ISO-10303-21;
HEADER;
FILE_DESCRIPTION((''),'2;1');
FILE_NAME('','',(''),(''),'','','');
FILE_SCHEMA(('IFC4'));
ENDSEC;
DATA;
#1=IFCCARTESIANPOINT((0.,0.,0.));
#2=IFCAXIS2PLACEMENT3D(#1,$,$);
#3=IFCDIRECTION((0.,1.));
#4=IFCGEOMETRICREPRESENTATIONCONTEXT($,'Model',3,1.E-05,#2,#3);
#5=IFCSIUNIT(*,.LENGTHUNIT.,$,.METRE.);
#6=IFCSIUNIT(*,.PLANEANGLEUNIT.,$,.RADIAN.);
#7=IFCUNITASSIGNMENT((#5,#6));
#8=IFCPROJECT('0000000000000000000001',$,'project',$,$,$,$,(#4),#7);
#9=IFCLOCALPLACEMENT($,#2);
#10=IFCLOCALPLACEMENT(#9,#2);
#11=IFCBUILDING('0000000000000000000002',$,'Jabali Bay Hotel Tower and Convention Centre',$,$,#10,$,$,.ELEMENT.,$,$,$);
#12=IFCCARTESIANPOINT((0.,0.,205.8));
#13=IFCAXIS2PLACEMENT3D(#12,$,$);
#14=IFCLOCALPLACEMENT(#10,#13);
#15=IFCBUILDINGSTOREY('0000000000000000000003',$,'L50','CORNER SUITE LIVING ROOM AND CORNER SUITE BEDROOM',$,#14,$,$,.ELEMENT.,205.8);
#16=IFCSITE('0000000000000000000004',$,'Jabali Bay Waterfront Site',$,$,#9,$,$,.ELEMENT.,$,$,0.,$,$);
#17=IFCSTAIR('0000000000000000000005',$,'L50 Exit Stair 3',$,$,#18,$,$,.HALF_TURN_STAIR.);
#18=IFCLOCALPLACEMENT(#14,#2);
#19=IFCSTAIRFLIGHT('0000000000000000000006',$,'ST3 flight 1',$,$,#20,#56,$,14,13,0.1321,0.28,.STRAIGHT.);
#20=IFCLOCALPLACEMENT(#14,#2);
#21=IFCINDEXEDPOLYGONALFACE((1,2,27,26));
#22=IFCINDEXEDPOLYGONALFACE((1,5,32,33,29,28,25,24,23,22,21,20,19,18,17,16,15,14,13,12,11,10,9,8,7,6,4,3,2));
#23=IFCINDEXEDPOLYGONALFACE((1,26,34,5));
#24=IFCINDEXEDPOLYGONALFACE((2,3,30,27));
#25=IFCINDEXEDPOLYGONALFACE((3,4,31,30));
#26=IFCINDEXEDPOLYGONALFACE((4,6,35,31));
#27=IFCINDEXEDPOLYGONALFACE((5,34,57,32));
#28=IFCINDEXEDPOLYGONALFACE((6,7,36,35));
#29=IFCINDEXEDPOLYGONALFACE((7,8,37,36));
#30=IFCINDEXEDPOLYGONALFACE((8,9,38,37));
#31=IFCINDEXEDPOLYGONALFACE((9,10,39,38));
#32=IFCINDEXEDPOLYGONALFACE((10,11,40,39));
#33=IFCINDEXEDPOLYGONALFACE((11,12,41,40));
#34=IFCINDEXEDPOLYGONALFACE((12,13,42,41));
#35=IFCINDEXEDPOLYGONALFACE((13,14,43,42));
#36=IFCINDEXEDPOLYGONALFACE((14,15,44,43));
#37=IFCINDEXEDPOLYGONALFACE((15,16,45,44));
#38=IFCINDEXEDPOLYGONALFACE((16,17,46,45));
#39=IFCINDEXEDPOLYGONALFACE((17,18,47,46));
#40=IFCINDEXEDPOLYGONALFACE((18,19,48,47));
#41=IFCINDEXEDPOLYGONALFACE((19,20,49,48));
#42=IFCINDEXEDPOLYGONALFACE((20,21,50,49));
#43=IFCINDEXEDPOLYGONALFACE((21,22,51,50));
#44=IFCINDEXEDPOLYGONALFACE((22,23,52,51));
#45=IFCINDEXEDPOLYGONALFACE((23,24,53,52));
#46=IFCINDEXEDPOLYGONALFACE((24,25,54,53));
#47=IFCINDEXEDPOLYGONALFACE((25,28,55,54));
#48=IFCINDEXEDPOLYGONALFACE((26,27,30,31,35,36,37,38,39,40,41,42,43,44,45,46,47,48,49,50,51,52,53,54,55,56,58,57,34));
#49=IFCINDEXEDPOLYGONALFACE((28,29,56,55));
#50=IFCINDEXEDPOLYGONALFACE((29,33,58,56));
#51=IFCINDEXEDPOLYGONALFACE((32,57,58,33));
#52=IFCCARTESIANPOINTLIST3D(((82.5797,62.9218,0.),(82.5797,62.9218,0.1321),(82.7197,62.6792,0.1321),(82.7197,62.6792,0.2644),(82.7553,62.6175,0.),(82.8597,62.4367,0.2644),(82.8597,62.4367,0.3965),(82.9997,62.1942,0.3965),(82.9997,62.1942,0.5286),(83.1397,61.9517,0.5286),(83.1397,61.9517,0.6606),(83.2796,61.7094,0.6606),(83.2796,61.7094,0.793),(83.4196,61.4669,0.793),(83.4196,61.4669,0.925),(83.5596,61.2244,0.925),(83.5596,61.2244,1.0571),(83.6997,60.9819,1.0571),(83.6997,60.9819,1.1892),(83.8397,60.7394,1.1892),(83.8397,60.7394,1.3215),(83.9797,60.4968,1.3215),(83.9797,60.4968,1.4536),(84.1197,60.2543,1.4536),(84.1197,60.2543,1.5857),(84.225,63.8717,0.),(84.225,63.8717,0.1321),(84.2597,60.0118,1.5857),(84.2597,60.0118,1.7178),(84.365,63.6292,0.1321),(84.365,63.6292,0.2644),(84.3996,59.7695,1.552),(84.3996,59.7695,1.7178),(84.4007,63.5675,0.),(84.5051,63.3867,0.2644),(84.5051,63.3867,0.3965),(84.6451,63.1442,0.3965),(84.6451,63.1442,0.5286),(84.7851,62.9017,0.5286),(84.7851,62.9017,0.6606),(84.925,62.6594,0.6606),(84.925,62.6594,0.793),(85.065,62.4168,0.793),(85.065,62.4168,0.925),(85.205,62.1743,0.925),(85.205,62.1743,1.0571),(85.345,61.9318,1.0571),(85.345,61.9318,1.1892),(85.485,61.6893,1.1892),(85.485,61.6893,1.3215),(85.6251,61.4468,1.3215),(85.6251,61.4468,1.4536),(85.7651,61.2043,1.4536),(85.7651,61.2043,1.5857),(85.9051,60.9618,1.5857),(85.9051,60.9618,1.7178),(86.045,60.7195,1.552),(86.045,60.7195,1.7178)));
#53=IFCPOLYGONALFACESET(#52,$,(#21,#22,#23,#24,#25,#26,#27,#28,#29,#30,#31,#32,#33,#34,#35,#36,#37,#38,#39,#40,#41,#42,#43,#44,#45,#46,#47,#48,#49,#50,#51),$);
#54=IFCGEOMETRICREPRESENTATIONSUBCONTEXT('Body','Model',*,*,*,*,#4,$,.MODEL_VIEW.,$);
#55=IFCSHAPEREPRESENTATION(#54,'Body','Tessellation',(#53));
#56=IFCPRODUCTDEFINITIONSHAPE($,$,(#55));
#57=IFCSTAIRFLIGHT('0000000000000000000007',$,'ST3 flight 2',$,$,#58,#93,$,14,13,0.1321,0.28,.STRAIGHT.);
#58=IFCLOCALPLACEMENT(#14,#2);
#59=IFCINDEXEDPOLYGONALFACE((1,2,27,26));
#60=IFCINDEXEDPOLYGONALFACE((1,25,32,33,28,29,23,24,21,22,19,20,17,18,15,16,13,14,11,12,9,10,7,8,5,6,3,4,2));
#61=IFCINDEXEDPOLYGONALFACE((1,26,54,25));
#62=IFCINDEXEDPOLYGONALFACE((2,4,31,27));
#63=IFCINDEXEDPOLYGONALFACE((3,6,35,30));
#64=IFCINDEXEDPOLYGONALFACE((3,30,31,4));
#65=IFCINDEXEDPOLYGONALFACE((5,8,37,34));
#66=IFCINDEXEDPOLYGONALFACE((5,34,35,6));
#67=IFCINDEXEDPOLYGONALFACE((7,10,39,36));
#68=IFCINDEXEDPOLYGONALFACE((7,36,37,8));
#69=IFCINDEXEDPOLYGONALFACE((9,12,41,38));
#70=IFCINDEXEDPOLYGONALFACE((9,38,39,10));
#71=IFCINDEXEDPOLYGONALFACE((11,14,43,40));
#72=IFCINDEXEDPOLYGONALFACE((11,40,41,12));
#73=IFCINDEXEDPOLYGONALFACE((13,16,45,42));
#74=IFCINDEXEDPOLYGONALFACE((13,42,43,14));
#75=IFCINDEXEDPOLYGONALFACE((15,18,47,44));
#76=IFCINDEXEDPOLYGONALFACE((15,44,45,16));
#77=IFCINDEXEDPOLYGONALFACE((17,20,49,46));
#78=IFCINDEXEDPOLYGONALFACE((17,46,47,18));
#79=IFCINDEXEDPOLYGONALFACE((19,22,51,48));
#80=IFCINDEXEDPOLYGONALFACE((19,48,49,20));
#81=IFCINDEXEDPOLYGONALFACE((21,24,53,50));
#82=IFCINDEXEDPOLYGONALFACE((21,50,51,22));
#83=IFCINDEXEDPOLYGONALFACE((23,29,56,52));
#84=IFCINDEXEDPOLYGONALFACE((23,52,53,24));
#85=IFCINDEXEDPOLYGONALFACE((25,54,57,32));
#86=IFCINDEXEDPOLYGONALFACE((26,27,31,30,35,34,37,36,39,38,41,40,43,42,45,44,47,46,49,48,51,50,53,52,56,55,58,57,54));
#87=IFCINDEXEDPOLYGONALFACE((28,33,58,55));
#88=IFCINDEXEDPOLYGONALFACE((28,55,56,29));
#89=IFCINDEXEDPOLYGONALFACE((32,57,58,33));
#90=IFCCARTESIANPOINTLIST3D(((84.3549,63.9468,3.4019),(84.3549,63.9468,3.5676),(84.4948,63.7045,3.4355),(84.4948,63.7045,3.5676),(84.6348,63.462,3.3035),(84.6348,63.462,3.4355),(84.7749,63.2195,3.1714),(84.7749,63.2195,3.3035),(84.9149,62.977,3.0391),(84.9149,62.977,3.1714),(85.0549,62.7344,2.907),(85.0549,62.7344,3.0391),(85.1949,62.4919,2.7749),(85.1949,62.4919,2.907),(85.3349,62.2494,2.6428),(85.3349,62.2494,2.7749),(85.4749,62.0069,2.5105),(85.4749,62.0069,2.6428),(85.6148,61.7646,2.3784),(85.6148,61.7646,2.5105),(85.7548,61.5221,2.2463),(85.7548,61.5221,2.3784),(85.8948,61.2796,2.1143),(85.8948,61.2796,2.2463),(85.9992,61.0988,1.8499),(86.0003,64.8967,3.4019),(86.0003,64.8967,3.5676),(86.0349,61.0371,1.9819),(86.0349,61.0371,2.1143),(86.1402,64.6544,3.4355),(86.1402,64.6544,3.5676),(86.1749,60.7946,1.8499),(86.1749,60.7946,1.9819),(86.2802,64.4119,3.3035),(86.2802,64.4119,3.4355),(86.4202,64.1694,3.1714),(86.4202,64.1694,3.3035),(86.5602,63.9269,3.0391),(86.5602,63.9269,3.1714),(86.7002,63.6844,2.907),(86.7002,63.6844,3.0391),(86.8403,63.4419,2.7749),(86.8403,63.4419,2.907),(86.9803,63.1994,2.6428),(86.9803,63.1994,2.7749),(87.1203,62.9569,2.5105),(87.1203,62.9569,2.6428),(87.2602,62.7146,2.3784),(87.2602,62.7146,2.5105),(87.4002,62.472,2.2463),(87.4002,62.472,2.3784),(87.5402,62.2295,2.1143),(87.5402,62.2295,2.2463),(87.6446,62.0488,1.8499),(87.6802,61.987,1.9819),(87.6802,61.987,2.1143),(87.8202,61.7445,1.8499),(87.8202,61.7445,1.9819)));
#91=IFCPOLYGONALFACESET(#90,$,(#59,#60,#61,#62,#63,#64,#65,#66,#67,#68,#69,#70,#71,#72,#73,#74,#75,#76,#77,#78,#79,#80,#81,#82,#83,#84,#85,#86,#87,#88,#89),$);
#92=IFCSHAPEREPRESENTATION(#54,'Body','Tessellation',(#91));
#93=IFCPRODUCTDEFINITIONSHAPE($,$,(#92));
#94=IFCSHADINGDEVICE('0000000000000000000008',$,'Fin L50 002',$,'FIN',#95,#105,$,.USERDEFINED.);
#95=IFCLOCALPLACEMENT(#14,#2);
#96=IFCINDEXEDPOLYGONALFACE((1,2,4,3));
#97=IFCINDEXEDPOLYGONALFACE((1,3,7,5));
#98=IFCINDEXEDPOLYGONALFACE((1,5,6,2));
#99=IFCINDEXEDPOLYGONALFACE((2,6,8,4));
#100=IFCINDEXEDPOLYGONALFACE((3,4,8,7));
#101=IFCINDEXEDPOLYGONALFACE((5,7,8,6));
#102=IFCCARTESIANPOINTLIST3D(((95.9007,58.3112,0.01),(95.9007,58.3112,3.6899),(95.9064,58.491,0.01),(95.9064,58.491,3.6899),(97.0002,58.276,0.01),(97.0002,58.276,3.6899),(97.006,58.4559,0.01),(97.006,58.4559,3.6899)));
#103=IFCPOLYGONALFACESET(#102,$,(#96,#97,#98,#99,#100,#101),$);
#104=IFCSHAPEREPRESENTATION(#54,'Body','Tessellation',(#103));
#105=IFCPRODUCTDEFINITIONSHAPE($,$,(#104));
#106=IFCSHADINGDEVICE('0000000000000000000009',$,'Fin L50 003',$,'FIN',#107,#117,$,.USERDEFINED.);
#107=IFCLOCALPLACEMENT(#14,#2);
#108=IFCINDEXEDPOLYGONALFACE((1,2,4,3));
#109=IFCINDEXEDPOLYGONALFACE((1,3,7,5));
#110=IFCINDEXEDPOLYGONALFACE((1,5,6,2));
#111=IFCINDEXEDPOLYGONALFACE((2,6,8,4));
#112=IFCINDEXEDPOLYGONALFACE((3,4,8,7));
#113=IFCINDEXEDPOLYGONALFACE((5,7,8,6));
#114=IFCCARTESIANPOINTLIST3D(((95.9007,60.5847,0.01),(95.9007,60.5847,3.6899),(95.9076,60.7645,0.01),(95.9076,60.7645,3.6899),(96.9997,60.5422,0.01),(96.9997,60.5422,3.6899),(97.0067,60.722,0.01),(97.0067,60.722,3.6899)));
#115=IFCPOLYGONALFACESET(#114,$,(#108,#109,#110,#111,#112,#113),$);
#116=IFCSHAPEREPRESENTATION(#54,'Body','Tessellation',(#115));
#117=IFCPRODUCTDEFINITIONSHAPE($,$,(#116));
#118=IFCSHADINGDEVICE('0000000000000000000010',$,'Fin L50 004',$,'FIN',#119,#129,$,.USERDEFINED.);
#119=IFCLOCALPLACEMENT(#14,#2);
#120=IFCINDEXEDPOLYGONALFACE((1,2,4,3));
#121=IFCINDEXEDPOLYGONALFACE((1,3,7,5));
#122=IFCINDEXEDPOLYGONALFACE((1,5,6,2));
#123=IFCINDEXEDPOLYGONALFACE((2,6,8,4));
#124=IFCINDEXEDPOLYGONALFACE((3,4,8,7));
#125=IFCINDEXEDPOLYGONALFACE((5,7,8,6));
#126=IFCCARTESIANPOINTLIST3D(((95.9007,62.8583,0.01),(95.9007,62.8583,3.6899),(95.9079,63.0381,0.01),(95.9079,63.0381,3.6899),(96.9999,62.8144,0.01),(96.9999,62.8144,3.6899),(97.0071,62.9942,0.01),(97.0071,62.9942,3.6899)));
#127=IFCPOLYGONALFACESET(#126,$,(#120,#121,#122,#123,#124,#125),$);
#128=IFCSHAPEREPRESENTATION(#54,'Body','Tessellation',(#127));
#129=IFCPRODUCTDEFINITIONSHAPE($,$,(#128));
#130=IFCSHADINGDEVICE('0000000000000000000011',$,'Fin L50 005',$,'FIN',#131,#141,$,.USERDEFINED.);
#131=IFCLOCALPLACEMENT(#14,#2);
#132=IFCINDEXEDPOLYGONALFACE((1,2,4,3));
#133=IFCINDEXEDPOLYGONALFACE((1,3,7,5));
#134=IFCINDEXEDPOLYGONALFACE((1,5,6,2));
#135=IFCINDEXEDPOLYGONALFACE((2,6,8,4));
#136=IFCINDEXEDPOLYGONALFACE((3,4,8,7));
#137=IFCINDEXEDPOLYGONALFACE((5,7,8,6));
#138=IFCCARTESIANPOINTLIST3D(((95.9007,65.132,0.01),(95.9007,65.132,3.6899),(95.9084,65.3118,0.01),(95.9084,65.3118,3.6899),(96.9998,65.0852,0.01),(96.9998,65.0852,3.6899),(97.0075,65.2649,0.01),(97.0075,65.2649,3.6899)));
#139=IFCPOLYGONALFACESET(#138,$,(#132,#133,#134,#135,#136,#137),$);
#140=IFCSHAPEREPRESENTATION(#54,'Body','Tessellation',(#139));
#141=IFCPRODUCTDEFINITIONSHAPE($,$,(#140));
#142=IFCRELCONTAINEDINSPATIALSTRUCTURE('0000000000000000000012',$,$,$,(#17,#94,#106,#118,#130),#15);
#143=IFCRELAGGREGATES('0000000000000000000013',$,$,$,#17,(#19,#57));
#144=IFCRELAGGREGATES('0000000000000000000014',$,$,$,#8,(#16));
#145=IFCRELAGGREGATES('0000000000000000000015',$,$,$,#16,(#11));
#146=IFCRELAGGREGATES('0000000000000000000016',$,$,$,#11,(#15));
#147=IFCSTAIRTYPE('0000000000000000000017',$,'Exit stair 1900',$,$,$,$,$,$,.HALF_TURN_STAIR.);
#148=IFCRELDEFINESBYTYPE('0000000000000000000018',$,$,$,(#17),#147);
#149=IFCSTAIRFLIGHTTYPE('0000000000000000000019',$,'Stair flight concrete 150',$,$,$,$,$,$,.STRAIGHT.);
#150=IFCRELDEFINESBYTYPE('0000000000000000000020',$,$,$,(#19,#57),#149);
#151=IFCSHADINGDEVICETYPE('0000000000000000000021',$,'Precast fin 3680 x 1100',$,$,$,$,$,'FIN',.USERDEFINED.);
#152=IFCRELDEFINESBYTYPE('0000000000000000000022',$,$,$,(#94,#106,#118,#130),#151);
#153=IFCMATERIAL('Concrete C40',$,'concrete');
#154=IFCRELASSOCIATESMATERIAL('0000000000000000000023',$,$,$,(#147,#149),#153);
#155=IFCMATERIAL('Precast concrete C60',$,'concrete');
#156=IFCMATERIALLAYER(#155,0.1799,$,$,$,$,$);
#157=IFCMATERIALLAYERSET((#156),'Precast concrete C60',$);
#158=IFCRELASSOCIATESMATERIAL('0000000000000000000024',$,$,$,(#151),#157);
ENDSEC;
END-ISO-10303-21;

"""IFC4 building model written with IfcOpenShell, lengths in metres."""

from ifc_helpers import new_model, si_unit, direction, frame, frame_2d, origin, place, context, subcontext, project, spatial, polyline, rectangle, outline, extrude, material, layer, layer_set, type_object, element, aggregate, save


model = new_model("IFC4")

# Units and contexts
model_context = context("Model", 3, precision=1e-05, world=origin(), true_north=direction((0.0, 1.0)))
body_context = subcontext(model_context, "Body", "Model", "MODEL_VIEW")
ifc_project = project(units=[si_unit("LENGTHUNIT", "METRE"), si_unit("PLANEANGLEUNIT", "RADIAN")], contexts=[model_context])

# Site, building, storey
site_placement = place(None, origin())
site = spatial("IfcSite", under=ifc_project, at=site_placement, Name="Jabali Bay Waterfront Site", CompositionType="ELEMENT", RefElevation=0.0)
building_placement = place(site_placement, origin())
building = spatial("IfcBuilding", under=site, at=building_placement, Name="Jabali Bay Hotel Tower and Convention Centre", CompositionType="ELEMENT")
storey_placement = place(building_placement, frame((0.0, 0.0, 205.8)))
storey = spatial("IfcBuildingStorey", under=building, at=storey_placement, Name="L50", Description="CORNER SUITE LIVING ROOM AND CORNER SUITE BEDROOM", CompositionType="ELEMENT", Elevation=205.8)

# Shared definitions
ifc_material_1 = material(Name="Concrete C40", Category="concrete")

# Stair, stair flights
stair_type = type_object("IfcStairType", Name="Exit stair 1900", PredefinedType="HALF_TURN_STAIR", material=ifc_material_1)
stair_placement = place(storey_placement, origin())
stair = element("IfcStair", 1, at=stair_placement, inside=storey, type_object=stair_type, Name="L50 Exit Stair 3", PredefinedType="HALF_TURN_STAIR")
stair_flight_type = type_object("IfcStairFlightType", Name="Stair flight concrete 150", PredefinedType="STRAIGHT", material=ifc_material_1)
stair_flight_1_placement = place(storey_placement, frame((83.4023, 63.3967, 0.0), z_axis=(0.0, 0.0, 1.0), x_axis=(0.5, -0.866025, 0.0)))
stair_flight_1 = element("IfcStairFlight", 2, at=stair_flight_1_placement, type_object=stair_flight_type, Name="ST3 flight 1", NumberOfRisers=14, NumberOfTreads=13, PredefinedType="STRAIGHT", RiserHeight=0.1321, TreadLength=0.28, context=body_context, shape_type="SweptSolid", body=[
    extrude(outline(polyline([(0.0, 0.0), (0.0, 0.1321), (0.28, 0.1321), (0.28, 0.2644), (0.5601, 0.2644), (0.5601, 0.3965), (0.8401, 0.3965), (0.8401, 0.5286), (1.1201, 0.5286), (1.1201, 0.6606), (1.3999, 0.6606), (1.3999, 0.793), (1.6799, 0.793), (1.6799, 0.925), (1.96, 0.925), (1.96, 1.0571), (2.24, 1.0571), (2.24, 1.1892), (2.52, 1.1892), (2.52, 1.3215), (2.8, 1.3215), (2.8, 1.4536), (3.0801, 1.4536), (3.0801, 1.5857), (3.3601, 1.5857), (3.3601, 1.7178), (3.6399, 1.7178), (3.6399, 1.8501), (3.6399, 1.552), (0.3513, 0.0), (0.0, 0.0)])), frame((0.0, 0.95, 0.0), z_axis=(0.0, -1.0, 0.0), x_axis=(1.0, 0.0, 0.0)), (0.0, 0.0, 1.0), 1.8999),
])
stair_flight_2_placement = place(storey_placement, frame((86.9976, 61.2695, 1.8499), z_axis=(0.0, 0.0, 1.0), x_axis=(-0.5, 0.866025, 0.0)))
stair_flight_2 = element("IfcStairFlight", 3, at=stair_flight_2_placement, type_object=stair_flight_type, Name="ST3 flight 2", NumberOfRisers=14, NumberOfTreads=13, PredefinedType="STRAIGHT", RiserHeight=0.1321, TreadLength=0.28, context=body_context, shape_type="SweptSolid", body=[
    extrude(outline(polyline([(0.0, 0.0), (0.0, 0.1321), (0.28, 0.1321), (0.28, 0.2644), (0.5601, 0.2644), (0.5601, 0.3965), (0.8401, 0.3965), (0.8401, 0.5286), (1.1201, 0.5286), (1.1201, 0.6606), (1.3999, 0.6606), (1.3999, 0.793), (1.6799, 0.793), (1.6799, 0.925), (1.96, 0.925), (1.96, 1.0571), (2.24, 1.0571), (2.24, 1.1892), (2.52, 1.1892), (2.52, 1.3215), (2.8, 1.3215), (2.8, 1.4536), (3.0801, 1.4536), (3.0801, 1.5857), (3.3601, 1.5857), (3.3601, 1.7178), (3.6399, 1.7178), (3.6399, 1.8501), (3.6399, 1.552), (0.3513, 0.0), (0.0, 0.0)])), frame((0.0, 0.95, 0.0), z_axis=(0.0, -1.0, 0.0), x_axis=(1.0, 0.0, 0.0)), (0.0, 0.0, 1.0), 1.8999),
])
aggregate(stair, [stair_flight_1, stair_flight_2])

# Shading devices
ifc_material_2 = material(Name="Precast concrete C60", Category="concrete")
ifc_layer_1 = layer(ifc_material_2, 0.1799)
ifc_layer_set_1 = layer_set([ifc_layer_1], Name="Precast concrete C60")
shading_device_type = type_object("IfcShadingDeviceType", Name="Precast fin 3680 x 1100", ElementType="FIN", PredefinedType="USERDEFINED", material=ifc_layer_set_1)
shading_device_1_placement = place(storey_placement, frame((95.9036, 58.4011, 0.01), z_axis=(0.0, 0.0, 1.0), x_axis=(0.999489, -0.031955, 0.0)))
element("IfcShadingDevice", 4, at=shading_device_1_placement, inside=storey, type_object=shading_device_type, Name="Fin L50 002", ObjectType="FIN", PredefinedType="USERDEFINED", context=body_context, shape_type="SweptSolid", body=[
    extrude(rectangle(XDim=1.1001, YDim=0.1799, at=frame_2d((0.55, 0.0))), origin(), (0.0, 0.0, 1.0), 3.6799),
])
shading_device_2_placement = place(storey_placement, frame((95.9043, 60.6746, 0.01), z_axis=(0.0, 0.0, 1.0), x_axis=(0.999254, -0.038621, 0.0)))
element("IfcShadingDevice", 5, at=shading_device_2_placement, inside=storey, type_object=shading_device_type, Name="Fin L50 003", ObjectType="FIN", PredefinedType="USERDEFINED", context=body_context, shape_type="SweptSolid", body=[
    extrude(rectangle(XDim=1.0999, YDim=0.1799, at=frame_2d((0.5498, 0.0))), origin(), (0.0, 0.0, 1.0), 3.6799),
])
for number, where, z_axis, x_axis, name in (
    (6, (95.9043, 62.9482, 0.01), (0.0, 0.0, 1.0), (0.999202, -0.03995, 0.0), "Fin L50 004"),
    (7, (95.9045, 65.2219, 0.01), (0.0, 0.0, 1.0), (0.999092, -0.042609, 0.0), "Fin L50 005"),
):
    element("IfcShadingDevice", number, at=place(storey_placement, frame(where, z_axis=z_axis, x_axis=x_axis)), inside=storey, type_object=shading_device_type, Name=name, ObjectType="FIN", PredefinedType="USERDEFINED", context=body_context, shape_type="SweptSolid", body=[
        extrude(rectangle(XDim=1.1001, YDim=0.1799, at=frame_2d((0.55, 0.0))), origin(), (0.0, 0.0, 1.0), 3.6799),
    ])

save(model, "model.ifc")
